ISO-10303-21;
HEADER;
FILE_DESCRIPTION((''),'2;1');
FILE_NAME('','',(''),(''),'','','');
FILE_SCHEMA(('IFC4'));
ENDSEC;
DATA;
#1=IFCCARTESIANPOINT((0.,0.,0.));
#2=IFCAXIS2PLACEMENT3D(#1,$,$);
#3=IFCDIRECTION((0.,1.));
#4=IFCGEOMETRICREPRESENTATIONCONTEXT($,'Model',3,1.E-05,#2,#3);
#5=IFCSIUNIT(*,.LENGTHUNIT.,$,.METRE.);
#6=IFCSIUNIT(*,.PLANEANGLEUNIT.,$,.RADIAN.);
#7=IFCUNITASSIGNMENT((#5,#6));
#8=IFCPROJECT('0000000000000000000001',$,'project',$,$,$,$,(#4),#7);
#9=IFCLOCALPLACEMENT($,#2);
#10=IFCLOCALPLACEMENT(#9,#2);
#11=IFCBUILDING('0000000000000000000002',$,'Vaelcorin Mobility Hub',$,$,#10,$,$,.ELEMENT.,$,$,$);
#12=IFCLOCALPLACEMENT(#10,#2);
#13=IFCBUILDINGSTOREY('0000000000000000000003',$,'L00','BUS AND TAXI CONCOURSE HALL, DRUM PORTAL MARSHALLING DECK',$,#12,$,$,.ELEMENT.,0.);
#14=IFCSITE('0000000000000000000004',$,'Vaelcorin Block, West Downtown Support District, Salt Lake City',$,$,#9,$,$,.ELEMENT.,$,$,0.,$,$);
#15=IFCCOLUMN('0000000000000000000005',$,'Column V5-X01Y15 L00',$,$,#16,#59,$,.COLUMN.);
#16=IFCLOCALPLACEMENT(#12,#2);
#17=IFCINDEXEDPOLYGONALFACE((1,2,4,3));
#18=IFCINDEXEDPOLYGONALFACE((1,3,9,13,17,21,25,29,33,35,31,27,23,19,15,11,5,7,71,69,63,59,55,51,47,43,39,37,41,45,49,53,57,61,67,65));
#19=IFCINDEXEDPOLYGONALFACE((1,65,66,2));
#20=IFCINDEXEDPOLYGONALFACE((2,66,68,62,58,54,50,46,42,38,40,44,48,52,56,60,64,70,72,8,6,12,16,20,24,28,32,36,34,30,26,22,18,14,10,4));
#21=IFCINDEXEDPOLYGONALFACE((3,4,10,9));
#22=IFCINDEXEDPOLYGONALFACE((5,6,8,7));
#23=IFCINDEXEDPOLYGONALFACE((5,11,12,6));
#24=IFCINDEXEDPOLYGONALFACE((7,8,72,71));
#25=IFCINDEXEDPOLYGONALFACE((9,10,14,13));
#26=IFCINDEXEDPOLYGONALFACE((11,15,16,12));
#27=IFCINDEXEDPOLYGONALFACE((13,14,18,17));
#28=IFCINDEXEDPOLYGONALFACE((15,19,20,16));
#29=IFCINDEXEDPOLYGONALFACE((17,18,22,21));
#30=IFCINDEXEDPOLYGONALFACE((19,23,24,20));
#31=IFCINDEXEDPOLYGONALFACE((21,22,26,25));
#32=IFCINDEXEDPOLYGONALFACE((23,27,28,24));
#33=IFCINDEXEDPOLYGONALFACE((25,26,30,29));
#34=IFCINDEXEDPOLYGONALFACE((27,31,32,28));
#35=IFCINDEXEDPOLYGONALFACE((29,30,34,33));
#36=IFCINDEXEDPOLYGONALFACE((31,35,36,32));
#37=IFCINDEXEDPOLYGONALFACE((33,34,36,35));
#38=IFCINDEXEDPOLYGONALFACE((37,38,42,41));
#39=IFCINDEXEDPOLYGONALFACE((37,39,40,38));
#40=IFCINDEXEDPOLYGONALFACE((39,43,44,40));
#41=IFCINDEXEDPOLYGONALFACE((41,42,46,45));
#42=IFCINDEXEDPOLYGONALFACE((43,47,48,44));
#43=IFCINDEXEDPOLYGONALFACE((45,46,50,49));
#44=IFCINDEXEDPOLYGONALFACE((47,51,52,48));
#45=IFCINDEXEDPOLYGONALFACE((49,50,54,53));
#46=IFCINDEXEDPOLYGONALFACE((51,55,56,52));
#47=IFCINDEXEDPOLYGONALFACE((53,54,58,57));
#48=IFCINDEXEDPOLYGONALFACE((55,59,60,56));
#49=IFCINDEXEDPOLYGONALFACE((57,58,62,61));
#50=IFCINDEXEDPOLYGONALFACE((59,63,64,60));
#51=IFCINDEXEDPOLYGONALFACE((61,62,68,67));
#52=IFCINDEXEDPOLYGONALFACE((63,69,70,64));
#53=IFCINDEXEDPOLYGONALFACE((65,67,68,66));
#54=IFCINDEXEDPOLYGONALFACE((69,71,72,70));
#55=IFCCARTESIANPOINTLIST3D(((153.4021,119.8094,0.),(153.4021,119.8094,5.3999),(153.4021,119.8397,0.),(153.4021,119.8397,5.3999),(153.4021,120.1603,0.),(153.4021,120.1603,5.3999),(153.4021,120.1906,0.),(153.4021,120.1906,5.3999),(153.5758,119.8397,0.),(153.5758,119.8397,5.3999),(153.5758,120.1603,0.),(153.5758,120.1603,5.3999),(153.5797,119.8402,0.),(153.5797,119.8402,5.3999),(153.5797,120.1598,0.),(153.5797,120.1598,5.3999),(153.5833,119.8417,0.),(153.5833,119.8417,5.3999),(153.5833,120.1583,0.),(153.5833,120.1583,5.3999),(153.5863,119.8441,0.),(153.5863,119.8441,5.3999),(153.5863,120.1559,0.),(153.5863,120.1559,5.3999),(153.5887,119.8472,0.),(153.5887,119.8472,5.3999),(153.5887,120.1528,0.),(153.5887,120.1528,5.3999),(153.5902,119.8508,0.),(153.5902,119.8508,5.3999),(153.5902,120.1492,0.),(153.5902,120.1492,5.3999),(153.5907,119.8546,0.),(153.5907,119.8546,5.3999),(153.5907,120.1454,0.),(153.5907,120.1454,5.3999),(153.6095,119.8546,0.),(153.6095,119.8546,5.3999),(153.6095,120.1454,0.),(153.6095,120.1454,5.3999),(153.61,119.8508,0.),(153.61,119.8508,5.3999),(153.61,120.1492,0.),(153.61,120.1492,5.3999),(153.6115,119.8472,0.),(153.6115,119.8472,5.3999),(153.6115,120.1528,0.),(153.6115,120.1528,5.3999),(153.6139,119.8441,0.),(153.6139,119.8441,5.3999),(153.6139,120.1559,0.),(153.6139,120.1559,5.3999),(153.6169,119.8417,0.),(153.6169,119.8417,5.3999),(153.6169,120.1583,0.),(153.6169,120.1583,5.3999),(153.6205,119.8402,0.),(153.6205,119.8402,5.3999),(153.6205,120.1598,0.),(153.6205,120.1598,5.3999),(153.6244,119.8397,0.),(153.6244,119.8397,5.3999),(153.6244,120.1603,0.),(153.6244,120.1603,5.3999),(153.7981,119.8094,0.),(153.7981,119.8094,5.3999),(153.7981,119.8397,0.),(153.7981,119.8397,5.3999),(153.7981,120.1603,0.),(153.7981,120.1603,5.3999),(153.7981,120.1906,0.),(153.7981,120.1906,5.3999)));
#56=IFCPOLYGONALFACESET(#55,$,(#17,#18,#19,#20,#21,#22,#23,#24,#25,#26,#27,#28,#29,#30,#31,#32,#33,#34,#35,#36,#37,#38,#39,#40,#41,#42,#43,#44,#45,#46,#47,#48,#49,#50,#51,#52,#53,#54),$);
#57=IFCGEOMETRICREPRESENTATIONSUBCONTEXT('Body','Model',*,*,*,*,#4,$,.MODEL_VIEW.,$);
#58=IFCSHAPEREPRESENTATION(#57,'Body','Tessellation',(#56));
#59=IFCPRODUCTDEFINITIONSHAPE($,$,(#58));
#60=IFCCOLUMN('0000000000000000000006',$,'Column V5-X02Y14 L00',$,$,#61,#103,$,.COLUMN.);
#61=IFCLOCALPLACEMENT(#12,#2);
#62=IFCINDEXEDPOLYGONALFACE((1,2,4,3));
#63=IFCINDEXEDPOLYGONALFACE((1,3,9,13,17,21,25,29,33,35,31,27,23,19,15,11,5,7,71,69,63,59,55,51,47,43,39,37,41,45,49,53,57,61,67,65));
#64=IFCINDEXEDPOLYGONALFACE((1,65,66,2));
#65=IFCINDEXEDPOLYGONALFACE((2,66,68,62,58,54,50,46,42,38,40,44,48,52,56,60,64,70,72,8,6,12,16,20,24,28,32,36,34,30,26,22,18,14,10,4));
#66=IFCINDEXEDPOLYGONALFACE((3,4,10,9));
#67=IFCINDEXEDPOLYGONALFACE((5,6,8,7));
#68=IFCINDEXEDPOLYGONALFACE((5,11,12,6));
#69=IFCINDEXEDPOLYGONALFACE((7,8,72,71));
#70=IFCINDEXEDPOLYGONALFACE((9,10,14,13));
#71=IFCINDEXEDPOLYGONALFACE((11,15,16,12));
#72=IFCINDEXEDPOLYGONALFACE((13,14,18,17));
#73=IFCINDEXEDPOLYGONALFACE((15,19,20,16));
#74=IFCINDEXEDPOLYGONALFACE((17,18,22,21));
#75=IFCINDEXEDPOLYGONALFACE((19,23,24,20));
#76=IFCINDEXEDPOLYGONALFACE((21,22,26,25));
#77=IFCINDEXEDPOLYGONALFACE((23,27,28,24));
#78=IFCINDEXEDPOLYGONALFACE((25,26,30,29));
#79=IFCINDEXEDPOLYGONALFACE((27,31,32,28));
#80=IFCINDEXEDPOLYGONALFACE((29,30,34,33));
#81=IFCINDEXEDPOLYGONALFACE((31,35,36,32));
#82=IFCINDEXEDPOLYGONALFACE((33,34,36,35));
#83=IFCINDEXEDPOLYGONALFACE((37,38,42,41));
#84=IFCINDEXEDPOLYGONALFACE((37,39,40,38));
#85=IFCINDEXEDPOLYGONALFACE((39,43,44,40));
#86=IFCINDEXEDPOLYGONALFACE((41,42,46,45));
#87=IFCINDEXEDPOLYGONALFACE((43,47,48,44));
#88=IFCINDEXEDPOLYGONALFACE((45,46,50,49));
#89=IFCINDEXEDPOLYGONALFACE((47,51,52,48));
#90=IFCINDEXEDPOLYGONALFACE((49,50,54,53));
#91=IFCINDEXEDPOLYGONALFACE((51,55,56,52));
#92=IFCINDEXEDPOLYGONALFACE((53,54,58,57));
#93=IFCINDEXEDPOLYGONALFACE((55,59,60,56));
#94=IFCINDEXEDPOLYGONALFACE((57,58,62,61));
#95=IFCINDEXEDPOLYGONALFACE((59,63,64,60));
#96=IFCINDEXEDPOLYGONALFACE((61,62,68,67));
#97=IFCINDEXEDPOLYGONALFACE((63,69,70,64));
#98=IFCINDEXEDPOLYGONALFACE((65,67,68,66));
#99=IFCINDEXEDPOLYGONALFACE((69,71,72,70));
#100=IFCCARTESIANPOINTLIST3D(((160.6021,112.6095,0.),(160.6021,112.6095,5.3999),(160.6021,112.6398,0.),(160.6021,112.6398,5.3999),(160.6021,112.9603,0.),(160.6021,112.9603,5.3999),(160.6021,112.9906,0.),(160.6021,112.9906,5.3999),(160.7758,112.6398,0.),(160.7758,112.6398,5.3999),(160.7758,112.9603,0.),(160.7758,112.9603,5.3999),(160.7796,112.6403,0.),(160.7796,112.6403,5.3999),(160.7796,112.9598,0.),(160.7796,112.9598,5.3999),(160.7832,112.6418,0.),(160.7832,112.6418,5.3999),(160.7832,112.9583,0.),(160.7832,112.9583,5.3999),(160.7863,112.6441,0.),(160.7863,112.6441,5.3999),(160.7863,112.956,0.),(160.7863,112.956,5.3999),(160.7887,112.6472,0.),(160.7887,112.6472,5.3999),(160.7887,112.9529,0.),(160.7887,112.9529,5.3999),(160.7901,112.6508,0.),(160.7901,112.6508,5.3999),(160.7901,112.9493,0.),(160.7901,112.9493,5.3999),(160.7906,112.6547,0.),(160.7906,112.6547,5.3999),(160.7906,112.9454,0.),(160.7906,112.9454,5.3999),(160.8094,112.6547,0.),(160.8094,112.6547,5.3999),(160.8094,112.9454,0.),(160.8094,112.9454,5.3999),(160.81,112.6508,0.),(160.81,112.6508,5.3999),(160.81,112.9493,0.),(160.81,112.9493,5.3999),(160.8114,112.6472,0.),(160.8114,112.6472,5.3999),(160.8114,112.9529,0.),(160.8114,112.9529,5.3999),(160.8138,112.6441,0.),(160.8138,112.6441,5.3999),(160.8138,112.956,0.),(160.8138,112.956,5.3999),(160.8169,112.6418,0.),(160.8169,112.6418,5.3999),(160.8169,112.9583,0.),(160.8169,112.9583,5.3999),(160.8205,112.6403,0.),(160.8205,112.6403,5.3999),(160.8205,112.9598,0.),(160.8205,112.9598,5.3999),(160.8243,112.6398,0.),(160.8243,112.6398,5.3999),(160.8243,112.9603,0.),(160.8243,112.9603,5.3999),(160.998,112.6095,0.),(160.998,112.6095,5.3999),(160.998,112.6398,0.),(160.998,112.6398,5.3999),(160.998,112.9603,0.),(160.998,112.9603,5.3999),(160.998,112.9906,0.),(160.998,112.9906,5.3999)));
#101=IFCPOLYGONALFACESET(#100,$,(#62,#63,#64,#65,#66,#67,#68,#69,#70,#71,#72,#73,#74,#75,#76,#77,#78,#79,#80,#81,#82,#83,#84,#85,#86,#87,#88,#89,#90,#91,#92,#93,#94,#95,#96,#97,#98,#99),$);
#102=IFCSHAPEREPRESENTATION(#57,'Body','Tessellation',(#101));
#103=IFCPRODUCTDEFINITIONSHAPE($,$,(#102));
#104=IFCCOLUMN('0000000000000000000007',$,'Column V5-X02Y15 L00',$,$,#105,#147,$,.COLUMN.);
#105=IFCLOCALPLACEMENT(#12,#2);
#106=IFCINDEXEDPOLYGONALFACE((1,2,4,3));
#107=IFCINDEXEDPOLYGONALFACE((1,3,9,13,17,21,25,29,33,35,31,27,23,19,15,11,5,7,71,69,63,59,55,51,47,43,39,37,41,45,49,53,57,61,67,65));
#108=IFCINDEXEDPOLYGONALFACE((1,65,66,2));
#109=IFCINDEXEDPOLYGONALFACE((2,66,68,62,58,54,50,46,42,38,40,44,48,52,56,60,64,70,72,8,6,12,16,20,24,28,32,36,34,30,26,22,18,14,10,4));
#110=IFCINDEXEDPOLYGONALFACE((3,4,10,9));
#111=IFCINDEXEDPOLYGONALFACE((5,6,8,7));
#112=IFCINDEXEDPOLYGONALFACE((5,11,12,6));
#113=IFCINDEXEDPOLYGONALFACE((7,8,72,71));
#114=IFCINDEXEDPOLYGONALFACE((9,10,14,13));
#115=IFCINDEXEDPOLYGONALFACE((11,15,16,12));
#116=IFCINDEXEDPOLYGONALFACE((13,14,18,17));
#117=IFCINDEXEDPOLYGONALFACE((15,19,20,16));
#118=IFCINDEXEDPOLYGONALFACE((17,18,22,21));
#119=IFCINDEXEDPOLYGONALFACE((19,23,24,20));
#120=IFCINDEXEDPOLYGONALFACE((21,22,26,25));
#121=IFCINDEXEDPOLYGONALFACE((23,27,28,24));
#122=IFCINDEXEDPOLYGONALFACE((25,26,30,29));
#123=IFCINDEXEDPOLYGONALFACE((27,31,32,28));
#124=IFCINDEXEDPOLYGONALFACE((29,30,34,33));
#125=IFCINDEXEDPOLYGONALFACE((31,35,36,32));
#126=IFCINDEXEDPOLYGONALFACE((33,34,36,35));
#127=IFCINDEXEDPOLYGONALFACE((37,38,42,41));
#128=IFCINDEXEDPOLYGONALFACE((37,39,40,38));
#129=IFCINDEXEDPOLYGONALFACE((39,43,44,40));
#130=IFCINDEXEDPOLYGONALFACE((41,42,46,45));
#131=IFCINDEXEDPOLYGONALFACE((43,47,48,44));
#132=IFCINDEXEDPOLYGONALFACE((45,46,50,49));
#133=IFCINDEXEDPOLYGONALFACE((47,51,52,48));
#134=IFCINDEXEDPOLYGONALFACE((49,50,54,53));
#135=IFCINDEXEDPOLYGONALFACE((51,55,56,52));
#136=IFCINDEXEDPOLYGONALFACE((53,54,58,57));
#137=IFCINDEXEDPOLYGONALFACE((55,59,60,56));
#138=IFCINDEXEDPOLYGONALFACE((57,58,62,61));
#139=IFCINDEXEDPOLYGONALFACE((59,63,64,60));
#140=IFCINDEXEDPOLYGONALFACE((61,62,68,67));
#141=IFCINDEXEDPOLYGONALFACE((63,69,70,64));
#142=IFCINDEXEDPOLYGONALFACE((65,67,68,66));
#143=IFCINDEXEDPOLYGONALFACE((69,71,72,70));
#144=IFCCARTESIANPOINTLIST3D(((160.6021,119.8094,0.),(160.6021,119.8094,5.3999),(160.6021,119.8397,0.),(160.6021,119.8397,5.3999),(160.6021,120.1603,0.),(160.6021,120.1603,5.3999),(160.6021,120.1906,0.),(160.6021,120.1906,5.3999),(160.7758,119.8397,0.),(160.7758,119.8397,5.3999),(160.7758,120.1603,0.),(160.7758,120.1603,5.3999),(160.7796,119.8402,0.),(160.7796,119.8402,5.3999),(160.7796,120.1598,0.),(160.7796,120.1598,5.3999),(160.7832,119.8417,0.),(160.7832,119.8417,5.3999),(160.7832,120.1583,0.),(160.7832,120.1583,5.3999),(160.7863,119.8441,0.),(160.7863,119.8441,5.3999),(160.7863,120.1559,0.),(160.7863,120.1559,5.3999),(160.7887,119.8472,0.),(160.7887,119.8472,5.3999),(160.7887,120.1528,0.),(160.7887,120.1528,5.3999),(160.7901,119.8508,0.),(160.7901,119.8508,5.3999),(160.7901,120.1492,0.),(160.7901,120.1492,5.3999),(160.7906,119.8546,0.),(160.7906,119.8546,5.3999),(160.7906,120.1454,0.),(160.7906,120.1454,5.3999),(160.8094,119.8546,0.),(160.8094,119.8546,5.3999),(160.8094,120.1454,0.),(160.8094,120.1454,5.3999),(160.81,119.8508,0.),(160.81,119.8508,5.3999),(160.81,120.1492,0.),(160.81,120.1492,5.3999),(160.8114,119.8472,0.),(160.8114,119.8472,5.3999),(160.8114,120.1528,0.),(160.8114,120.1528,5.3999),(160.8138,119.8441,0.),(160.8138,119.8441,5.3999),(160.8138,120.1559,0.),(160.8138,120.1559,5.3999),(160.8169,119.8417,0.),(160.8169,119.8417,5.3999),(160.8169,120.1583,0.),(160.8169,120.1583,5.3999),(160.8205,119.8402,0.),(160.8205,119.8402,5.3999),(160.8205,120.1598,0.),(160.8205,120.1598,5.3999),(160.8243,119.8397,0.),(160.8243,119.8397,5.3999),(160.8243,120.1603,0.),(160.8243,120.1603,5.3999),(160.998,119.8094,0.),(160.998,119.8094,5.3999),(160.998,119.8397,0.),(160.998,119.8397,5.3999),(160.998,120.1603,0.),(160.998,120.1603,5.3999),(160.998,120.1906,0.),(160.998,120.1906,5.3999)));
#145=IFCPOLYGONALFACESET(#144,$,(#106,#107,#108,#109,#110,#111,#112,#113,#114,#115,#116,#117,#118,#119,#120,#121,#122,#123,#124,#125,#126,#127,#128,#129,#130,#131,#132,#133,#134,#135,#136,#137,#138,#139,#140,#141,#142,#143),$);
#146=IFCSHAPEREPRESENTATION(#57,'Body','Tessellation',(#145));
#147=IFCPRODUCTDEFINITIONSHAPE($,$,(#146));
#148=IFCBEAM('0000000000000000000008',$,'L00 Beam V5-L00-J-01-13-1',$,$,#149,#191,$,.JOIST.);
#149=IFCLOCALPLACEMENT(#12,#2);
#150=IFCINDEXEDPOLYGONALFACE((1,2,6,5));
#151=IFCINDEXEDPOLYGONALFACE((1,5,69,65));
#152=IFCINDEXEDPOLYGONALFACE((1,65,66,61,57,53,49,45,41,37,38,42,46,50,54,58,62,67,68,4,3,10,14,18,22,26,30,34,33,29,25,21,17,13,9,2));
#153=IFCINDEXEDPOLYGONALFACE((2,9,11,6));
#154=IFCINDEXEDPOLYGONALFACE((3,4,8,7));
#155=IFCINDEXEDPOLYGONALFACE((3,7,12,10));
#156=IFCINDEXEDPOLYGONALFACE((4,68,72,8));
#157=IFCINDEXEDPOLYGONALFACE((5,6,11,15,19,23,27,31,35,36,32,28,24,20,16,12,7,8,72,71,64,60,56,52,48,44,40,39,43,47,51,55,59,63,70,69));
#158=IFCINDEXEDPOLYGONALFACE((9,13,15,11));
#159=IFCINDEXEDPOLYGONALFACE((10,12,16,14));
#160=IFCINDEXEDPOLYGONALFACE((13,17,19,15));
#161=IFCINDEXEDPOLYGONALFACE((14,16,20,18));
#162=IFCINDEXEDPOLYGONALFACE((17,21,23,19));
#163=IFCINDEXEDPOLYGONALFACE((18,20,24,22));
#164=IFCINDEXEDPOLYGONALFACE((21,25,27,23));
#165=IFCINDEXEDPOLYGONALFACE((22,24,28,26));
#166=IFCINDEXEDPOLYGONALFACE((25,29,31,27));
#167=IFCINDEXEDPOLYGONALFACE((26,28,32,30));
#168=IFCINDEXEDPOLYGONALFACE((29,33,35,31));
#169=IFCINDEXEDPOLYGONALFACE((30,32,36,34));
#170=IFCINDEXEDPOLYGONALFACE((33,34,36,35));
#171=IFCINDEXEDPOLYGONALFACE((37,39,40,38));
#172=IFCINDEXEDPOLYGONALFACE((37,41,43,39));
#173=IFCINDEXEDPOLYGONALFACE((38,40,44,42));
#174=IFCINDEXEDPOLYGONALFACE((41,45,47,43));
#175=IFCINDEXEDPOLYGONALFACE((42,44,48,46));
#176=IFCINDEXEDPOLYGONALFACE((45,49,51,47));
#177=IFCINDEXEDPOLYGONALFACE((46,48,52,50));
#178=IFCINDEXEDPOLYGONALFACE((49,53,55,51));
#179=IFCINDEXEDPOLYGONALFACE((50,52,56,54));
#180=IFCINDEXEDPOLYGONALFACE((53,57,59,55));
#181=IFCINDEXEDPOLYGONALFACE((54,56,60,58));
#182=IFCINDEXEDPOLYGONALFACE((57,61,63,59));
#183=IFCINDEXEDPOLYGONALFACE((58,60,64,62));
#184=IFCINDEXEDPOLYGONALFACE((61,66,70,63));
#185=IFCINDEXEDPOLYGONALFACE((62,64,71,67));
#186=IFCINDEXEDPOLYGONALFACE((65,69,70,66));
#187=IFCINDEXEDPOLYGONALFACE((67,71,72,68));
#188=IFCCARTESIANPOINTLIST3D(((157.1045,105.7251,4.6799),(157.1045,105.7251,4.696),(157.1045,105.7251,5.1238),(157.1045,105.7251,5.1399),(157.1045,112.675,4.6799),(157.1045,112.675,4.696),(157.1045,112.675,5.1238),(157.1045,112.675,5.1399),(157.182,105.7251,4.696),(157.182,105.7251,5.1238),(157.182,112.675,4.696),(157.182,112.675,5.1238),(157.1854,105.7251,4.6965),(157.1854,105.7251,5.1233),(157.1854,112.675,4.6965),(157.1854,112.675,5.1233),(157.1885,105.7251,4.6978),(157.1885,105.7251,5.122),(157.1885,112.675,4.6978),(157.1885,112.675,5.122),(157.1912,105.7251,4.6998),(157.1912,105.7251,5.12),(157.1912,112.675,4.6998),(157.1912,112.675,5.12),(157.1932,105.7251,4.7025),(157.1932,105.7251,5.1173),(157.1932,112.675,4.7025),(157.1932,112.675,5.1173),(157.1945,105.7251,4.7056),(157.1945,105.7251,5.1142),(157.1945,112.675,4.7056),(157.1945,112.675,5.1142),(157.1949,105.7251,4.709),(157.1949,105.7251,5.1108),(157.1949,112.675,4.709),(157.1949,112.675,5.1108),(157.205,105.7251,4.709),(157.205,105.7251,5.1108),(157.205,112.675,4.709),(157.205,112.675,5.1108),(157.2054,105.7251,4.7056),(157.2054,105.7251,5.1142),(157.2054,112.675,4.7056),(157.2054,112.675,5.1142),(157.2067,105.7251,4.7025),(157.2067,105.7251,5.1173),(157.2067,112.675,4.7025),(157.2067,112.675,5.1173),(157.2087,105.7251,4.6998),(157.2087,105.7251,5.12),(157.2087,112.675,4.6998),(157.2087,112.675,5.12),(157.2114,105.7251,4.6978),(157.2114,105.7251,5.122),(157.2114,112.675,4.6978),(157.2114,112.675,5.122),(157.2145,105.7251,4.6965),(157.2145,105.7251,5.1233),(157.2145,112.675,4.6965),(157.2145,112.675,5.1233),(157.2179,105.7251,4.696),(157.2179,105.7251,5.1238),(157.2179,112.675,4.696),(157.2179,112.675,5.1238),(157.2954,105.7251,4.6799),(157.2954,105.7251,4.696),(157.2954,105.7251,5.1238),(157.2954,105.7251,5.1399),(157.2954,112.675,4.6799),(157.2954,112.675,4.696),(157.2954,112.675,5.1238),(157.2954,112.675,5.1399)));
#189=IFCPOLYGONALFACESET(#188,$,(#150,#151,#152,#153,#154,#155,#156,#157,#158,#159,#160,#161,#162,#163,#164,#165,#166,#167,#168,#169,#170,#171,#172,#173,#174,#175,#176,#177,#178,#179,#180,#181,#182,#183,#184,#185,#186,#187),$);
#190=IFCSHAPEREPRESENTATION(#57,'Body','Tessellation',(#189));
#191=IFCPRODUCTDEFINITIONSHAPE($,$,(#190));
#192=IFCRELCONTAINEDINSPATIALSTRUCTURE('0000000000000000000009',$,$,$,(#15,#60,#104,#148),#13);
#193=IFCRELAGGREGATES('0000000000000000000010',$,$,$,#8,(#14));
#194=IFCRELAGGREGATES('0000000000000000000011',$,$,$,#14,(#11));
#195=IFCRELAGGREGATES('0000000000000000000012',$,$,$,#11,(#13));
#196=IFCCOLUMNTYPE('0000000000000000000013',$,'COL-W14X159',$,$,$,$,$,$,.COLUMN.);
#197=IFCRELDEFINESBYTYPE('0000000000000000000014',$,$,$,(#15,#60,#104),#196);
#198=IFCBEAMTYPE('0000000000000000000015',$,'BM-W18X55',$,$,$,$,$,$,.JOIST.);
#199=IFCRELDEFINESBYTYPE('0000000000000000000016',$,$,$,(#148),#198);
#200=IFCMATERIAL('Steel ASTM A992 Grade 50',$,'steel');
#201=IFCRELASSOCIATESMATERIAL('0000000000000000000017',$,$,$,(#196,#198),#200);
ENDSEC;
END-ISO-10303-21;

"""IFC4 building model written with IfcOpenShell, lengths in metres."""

from ifc_helpers import new_model, si_unit, direction, frame, origin, origin_2d, place, context, subcontext, project, spatial, i_section, extrude, material, material_profile, profile_set, type_object, element, save


model = new_model("IFC4")

# Units and contexts
model_context = context("Model", 3, precision=1e-05, world=origin(), true_north=direction((0.0, 1.0)))
body_context = subcontext(model_context, "Body", "Model", "MODEL_VIEW")
ifc_project = project(units=[si_unit("LENGTHUNIT", "METRE"), si_unit("PLANEANGLEUNIT", "RADIAN")], contexts=[model_context])

# Site, building, storey
site_placement = place(None, origin())
site = spatial("IfcSite", under=ifc_project, at=site_placement, Name="Vaelcorin Block, West Downtown Support District, Salt Lake City", CompositionType="ELEMENT", RefElevation=0.0)
building_placement = place(site_placement, origin())
building = spatial("IfcBuilding", under=site, at=building_placement, Name="Vaelcorin Mobility Hub", CompositionType="ELEMENT")
storey_placement = place(building_placement, origin())
storey = spatial("IfcBuildingStorey", under=building, at=storey_placement, Name="L00", Description="BUS AND TAXI CONCOURSE HALL, DRUM PORTAL MARSHALLING DECK", CompositionType="ELEMENT", Elevation=0.0)

# Columns
ifc_material_1 = material(Name="Steel ASTM A992 Grade 50", Category="steel")
ifc_material_profile_1 = material_profile(ifc_material_1, i_section(OverallWidth=0.396, OverallDepth=0.3811, WebThickness=0.0188, FlangeThickness=0.0303, FilletRadius=0.0149, at=origin_2d()), Name="W14X159")
ifc_profile_set_1 = profile_set([ifc_material_profile_1], Name="Steel ASTM A992 Grade 50")
column_type = type_object("IfcColumnType", Name="COL-W14X159", PredefinedType="COLUMN", material=ifc_profile_set_1)
for number, where, z_axis, x_axis, name in (
    (1, (153.6001, 120.0, 0.0), (0.0, 0.0, 1.0), (1.0, 0.0, 0.0), "Column V5-X01Y15 L00"),
    (2, (160.8, 112.8, 0.0), (0.0, 0.0, 1.0), (1.0, 0.0, 0.0), "Column V5-X02Y14 L00"),
    (3, (160.8, 120.0, 0.0), (0.0, 0.0, 1.0), (1.0, 0.0, 0.0), "Column V5-X02Y15 L00"),
):
    element("IfcColumn", number, at=place(storey_placement, frame(where, z_axis=z_axis, x_axis=x_axis)), inside=storey, type_object=column_type, Name=name, PredefinedType="COLUMN", context=body_context, shape_type="SweptSolid", body=[
        extrude(i_section(OverallWidth=0.396, OverallDepth=0.3811, WebThickness=0.0188, FlangeThickness=0.0303, FilletRadius=0.0149, at=origin_2d()), origin(), (0.0, 0.0, 1.0), 5.3999),
    ])

# Beam
ifc_material_profile_2 = material_profile(ifc_material_1, i_section(OverallWidth=0.1909, OverallDepth=0.46, WebThickness=0.01, FlangeThickness=0.0161, FilletRadius=0.0129, at=origin_2d()), Name="W18X55")
ifc_profile_set_2 = profile_set([ifc_material_profile_2], Name="Steel ASTM A992 Grade 50")
beam_type_1 = type_object("IfcBeamType", Name="BM-W18X55", PredefinedType="JOIST", material=ifc_profile_set_2)
for number, where, z_axis, x_axis, name in (
    (4, (157.2, 105.7251, 4.9099), (0.0, 1.0, 0.0), (-1.0, 0.0, 0.0), "L00 Beam V5-L00-J-01-13-1"),
):
    element("IfcBeam", number, at=place(storey_placement, frame(where, z_axis=z_axis, x_axis=x_axis)), inside=storey, type_object=beam_type_1, Name=name, PredefinedType="JOIST", context=body_context, shape_type="SweptSolid", body=[
        extrude(i_section(OverallWidth=0.1909, OverallDepth=0.46, WebThickness=0.01, FlangeThickness=0.0161, FilletRadius=0.0129, at=origin_2d()), origin(), (0.0, 0.0, 1.0), 6.95),
    ])

save(model, "model.ifc")
